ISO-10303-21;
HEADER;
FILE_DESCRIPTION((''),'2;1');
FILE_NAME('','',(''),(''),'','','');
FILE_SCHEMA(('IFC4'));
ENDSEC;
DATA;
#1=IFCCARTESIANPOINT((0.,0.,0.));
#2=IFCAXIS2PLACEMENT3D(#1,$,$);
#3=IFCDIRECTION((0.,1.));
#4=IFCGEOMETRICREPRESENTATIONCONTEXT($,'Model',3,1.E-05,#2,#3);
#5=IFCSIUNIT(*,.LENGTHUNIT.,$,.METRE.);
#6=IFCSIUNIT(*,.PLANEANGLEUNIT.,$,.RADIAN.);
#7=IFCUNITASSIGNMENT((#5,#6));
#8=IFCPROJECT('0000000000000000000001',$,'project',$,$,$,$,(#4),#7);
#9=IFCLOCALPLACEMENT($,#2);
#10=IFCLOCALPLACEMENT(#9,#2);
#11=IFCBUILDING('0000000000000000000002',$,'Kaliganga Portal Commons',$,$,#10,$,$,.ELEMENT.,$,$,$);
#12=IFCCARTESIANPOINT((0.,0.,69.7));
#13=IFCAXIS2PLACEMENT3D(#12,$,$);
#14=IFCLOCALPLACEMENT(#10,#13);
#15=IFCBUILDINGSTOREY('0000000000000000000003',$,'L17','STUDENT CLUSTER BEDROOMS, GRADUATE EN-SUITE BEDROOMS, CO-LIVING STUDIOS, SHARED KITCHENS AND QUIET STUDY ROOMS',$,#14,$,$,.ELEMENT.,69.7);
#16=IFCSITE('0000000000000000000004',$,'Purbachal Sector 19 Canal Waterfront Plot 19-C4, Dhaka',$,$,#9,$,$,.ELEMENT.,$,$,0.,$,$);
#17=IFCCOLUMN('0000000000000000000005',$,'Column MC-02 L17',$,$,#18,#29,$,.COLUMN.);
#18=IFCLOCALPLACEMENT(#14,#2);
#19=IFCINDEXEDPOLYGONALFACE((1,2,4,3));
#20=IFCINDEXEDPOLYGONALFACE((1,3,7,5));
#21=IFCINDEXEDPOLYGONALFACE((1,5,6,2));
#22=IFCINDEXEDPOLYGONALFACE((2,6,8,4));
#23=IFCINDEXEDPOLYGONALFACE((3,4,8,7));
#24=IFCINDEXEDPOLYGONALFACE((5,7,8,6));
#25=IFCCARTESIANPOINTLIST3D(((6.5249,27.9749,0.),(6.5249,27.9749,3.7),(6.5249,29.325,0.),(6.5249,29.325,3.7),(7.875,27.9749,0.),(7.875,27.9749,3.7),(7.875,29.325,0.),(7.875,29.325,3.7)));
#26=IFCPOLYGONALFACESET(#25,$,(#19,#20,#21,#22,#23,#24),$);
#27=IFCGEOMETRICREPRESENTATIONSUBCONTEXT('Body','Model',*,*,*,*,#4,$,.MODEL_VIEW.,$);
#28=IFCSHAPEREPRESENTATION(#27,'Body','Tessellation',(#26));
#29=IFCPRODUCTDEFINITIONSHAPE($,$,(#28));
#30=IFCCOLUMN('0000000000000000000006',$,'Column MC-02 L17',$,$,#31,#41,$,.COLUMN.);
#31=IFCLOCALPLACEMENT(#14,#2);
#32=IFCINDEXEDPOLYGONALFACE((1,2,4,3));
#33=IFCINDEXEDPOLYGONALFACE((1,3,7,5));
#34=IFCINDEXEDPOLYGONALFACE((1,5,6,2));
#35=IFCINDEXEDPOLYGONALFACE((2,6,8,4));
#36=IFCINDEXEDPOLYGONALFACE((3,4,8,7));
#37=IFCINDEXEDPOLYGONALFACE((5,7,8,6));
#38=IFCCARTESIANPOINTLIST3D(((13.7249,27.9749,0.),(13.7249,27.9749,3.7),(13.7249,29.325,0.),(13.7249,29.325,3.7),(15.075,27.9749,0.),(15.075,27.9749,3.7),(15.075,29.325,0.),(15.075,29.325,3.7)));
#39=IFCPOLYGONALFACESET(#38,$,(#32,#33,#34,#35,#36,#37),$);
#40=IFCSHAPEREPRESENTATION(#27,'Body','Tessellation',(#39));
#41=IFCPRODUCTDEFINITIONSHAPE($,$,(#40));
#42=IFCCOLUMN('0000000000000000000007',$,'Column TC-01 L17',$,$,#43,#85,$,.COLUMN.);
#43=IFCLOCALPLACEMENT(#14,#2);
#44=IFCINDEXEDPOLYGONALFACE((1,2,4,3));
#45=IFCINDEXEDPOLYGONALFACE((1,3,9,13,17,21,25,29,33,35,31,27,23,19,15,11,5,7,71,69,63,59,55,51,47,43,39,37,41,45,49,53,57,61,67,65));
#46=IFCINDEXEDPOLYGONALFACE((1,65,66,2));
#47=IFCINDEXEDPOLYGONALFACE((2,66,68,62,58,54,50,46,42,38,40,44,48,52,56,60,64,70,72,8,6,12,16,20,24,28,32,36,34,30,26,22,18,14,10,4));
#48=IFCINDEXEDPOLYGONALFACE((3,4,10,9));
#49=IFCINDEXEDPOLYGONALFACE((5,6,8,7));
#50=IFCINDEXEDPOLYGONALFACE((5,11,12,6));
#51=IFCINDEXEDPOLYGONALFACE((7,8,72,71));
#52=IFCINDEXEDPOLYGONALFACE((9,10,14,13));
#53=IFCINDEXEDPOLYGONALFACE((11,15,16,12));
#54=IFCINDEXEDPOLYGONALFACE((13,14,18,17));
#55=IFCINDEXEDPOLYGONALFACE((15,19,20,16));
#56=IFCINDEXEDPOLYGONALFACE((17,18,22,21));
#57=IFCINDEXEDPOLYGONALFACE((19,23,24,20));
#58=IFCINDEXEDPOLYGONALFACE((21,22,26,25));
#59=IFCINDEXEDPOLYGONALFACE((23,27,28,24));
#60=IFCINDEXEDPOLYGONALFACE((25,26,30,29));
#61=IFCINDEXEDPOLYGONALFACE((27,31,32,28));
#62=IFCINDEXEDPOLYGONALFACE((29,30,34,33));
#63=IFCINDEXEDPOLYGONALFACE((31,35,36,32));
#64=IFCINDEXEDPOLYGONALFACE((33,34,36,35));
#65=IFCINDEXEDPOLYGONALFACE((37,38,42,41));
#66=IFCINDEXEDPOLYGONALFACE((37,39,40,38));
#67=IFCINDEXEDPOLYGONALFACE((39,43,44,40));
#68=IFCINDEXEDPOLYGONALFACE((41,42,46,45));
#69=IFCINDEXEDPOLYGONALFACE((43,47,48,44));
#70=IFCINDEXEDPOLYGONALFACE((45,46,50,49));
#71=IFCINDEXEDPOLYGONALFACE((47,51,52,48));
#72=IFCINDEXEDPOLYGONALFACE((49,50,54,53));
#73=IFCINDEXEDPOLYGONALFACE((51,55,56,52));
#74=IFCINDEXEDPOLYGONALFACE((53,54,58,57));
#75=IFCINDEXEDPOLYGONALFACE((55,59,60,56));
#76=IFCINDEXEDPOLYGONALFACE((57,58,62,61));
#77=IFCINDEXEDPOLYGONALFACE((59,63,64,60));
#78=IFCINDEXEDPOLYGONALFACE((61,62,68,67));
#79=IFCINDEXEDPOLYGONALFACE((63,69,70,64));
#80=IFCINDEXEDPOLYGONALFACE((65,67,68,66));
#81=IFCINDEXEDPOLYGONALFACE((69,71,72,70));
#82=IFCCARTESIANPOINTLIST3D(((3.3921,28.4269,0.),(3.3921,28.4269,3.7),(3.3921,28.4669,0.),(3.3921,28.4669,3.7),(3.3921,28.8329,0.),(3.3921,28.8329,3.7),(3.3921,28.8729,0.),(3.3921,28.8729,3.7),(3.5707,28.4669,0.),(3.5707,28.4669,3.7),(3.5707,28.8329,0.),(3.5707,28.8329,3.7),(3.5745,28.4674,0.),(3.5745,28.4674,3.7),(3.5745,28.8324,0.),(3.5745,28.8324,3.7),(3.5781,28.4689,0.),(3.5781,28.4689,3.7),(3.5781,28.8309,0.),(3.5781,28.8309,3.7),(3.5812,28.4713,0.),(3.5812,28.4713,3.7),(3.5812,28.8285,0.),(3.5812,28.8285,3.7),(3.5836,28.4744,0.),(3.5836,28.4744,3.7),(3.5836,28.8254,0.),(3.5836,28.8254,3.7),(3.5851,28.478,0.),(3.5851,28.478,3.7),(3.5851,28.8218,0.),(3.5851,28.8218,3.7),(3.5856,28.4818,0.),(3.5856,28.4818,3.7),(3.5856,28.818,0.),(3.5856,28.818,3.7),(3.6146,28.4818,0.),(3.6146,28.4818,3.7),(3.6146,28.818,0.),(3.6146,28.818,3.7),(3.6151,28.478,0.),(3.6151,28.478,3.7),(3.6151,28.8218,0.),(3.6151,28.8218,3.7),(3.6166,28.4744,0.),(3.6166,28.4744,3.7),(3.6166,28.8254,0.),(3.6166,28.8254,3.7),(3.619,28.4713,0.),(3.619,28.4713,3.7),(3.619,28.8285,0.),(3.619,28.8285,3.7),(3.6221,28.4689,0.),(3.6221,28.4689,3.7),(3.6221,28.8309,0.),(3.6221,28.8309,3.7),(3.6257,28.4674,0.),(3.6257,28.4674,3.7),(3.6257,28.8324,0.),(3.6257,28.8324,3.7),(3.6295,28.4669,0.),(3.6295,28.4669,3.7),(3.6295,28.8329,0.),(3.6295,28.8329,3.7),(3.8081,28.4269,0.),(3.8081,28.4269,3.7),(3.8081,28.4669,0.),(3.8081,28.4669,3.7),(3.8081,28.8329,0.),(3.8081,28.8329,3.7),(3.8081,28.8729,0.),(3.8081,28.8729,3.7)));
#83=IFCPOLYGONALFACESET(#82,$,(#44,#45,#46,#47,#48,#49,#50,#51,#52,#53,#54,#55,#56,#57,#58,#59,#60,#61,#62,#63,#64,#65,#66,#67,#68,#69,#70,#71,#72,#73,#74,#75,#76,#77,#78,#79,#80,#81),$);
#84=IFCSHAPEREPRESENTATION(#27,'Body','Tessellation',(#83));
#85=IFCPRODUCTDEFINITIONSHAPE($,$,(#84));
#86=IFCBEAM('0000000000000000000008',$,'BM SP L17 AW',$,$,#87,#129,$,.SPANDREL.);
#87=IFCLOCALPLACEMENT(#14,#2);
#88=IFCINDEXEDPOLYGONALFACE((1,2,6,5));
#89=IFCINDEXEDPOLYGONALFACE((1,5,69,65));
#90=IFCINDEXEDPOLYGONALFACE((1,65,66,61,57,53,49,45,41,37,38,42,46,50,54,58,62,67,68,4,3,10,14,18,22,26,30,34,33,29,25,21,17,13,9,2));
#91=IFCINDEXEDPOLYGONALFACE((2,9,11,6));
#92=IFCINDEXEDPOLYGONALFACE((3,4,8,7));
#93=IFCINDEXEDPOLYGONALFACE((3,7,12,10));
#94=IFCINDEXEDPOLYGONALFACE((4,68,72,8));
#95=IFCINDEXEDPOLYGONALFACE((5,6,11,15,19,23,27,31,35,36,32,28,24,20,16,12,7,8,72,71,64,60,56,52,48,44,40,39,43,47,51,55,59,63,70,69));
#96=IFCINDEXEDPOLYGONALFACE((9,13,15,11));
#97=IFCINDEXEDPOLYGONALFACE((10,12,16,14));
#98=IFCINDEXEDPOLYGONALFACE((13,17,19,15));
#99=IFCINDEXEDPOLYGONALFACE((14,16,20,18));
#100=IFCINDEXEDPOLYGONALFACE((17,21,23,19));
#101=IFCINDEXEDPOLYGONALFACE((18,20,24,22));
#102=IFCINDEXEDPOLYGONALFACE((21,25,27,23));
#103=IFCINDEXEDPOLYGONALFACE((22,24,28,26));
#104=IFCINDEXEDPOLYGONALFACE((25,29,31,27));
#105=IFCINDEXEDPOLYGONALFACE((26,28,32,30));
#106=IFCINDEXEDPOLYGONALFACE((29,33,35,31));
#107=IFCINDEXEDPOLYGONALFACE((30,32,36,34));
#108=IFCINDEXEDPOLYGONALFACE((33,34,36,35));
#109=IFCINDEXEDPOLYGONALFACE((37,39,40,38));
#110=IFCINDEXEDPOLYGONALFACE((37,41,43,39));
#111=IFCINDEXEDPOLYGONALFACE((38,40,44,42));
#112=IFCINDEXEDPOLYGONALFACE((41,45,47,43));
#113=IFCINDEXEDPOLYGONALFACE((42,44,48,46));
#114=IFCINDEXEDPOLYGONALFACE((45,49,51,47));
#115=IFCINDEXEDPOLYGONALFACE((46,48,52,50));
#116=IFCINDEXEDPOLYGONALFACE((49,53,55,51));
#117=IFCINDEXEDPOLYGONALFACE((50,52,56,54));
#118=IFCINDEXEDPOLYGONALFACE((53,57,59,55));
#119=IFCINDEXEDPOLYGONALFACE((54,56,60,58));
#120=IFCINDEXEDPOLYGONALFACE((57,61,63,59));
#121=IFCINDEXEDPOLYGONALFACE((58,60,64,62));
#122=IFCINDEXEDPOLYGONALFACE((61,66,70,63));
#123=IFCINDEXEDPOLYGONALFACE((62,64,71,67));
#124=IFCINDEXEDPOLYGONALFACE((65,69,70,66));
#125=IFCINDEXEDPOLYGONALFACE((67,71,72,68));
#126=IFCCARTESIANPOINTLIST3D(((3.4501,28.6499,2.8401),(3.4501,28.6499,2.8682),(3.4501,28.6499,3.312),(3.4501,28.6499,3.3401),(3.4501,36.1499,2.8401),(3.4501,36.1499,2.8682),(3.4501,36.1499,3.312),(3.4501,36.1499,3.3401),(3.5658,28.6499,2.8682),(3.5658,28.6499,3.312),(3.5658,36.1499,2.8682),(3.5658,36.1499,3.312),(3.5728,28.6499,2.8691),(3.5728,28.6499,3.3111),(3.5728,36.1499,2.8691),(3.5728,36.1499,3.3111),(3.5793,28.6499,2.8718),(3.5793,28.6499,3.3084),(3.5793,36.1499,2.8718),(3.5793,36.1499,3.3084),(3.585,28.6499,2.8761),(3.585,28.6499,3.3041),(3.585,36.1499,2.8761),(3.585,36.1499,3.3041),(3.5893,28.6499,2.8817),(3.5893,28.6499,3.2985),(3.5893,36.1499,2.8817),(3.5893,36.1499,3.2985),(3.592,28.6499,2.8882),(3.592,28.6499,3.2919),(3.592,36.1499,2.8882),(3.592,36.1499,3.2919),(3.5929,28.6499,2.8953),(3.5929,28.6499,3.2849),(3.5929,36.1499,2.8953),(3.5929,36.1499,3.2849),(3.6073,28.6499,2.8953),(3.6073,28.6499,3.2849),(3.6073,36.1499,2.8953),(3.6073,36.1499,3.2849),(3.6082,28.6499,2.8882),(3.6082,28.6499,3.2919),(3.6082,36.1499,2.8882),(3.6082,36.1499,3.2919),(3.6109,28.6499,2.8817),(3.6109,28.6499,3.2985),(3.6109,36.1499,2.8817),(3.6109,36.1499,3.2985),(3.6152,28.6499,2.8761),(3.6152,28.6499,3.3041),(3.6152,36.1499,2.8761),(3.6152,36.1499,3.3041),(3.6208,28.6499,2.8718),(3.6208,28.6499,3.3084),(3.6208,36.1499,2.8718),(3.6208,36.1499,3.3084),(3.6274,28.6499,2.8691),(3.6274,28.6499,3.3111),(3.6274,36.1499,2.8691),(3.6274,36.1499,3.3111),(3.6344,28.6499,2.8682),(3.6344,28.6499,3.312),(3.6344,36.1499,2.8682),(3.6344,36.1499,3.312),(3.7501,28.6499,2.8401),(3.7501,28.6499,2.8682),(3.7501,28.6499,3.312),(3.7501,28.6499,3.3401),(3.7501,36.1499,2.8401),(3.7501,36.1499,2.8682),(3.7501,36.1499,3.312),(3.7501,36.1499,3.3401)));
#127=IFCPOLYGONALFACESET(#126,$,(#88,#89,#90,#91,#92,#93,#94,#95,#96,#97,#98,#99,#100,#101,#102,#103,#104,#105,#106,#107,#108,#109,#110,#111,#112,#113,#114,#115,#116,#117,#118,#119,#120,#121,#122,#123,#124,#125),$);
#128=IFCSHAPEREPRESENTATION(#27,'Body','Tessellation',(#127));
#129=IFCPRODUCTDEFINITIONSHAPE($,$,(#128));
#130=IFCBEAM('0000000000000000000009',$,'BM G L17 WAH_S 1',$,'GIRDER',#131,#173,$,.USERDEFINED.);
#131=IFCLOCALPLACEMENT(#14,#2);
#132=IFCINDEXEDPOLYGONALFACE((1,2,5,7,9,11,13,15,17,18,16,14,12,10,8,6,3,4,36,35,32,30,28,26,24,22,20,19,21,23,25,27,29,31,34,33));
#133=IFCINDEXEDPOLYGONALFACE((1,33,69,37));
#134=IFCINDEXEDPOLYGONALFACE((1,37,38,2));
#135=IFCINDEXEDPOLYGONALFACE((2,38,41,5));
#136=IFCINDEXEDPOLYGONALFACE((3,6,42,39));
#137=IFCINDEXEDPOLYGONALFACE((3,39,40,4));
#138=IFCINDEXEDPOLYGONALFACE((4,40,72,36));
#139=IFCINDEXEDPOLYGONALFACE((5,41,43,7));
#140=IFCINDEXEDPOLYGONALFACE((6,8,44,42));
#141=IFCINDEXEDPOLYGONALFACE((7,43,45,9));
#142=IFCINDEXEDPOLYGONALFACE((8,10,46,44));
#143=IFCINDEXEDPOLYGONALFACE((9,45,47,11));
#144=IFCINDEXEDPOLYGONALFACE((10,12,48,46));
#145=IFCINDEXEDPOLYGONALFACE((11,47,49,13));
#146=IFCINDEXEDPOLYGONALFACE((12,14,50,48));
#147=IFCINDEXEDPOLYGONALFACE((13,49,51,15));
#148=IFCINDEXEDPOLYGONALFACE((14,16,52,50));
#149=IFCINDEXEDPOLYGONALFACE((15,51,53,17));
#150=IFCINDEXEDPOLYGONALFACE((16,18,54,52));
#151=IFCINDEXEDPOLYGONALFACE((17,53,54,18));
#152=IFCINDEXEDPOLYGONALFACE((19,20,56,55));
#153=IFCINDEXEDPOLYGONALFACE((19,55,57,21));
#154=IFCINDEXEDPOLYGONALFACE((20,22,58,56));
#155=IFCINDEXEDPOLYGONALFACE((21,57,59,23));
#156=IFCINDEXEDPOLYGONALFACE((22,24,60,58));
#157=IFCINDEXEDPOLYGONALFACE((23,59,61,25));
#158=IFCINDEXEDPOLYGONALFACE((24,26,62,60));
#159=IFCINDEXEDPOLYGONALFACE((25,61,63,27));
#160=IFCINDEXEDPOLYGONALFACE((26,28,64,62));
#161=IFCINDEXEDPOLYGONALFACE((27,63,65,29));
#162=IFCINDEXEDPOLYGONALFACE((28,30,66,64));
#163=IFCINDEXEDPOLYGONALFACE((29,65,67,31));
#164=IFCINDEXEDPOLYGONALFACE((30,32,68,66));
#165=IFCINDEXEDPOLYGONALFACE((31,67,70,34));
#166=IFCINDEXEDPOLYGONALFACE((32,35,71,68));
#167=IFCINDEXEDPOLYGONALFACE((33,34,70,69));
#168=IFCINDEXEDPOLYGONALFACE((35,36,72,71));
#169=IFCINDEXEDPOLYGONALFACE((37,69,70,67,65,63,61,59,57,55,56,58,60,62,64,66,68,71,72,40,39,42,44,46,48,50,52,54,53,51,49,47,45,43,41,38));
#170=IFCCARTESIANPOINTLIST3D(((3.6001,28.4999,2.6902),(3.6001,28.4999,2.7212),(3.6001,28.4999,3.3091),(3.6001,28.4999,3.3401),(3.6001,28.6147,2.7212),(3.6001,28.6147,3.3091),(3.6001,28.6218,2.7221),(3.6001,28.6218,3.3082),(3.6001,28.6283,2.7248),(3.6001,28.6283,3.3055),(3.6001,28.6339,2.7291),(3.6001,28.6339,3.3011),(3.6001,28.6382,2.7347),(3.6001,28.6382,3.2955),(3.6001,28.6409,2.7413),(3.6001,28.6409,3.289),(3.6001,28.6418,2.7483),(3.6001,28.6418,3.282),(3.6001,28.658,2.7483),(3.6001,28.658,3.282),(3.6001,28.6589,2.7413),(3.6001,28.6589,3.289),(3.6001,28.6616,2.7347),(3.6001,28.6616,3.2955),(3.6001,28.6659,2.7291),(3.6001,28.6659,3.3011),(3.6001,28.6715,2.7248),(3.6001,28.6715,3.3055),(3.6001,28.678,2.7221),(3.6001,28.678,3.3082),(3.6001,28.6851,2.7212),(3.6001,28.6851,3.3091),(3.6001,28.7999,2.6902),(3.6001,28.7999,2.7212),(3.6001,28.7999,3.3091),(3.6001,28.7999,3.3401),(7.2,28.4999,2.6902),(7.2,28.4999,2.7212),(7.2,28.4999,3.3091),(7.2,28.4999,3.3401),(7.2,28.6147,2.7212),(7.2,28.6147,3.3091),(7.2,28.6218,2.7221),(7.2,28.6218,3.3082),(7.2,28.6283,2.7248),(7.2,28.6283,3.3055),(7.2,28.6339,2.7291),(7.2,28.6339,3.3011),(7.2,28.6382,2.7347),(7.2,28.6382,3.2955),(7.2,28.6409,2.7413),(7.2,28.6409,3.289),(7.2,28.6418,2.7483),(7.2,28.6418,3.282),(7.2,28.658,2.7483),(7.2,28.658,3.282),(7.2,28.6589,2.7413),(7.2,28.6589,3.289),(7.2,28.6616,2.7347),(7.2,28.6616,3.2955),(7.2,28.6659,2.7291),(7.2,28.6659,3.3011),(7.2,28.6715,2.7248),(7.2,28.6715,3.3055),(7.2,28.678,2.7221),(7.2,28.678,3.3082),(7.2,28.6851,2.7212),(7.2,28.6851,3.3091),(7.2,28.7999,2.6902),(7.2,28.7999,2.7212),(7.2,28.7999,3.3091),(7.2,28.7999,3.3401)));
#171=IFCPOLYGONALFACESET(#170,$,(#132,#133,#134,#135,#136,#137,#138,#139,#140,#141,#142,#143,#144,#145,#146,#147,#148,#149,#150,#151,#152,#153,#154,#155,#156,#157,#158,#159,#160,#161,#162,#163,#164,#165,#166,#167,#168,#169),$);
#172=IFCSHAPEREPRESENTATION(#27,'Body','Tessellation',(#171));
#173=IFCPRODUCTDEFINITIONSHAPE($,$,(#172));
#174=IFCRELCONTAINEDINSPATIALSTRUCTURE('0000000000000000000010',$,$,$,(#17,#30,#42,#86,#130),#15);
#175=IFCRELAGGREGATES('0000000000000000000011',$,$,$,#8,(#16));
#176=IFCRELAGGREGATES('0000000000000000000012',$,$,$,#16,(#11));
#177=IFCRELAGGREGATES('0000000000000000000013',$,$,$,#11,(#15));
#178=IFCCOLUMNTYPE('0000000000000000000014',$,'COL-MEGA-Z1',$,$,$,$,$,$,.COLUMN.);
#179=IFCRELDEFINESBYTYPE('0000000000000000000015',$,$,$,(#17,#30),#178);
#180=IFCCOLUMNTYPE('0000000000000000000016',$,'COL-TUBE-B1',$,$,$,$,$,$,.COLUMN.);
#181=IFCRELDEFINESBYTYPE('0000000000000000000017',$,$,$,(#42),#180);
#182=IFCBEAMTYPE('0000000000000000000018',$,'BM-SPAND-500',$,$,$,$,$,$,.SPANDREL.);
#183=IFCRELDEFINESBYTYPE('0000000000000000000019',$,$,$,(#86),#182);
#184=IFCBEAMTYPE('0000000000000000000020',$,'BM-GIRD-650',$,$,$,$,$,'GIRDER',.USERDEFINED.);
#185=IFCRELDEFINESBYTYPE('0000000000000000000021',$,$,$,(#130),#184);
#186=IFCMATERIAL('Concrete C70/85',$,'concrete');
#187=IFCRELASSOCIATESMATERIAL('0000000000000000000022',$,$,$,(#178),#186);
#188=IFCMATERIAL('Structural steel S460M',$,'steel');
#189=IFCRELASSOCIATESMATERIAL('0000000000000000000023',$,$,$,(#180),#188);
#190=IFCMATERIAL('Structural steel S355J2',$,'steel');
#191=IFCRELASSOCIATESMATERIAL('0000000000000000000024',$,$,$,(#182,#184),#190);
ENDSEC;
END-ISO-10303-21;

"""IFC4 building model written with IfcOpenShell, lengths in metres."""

from ifc_helpers import new_model, si_unit, direction, frame, origin, origin_2d, place, context, subcontext, project, spatial, rectangle, i_section, extrude, source, transform, mapped, material, material_profile, profile_set, type_object, element, save


model = new_model("IFC4")

# Units and contexts
model_context = context("Model", 3, precision=1e-05, world=origin(), true_north=direction((0.0, 1.0)))
body_context = subcontext(model_context, "Body", "Model", "MODEL_VIEW")
ifc_project = project(units=[si_unit("LENGTHUNIT", "METRE"), si_unit("PLANEANGLEUNIT", "RADIAN")], contexts=[model_context])

# Site, building, storey
site_placement = place(None, origin())
site = spatial("IfcSite", under=ifc_project, at=site_placement, Name="Purbachal Sector 19 Canal Waterfront Plot 19-C4, Dhaka", CompositionType="ELEMENT", RefElevation=0.0)
building_placement = place(site_placement, origin())
building = spatial("IfcBuilding", under=site, at=building_placement, Name="Kaliganga Portal Commons", CompositionType="ELEMENT")
storey_placement = place(building_placement, frame((0.0, 0.0, 69.7)))
storey = spatial("IfcBuildingStorey", under=building, at=storey_placement, Name="L17", Description="STUDENT CLUSTER BEDROOMS, GRADUATE EN-SUITE BEDROOMS, CO-LIVING STUDIOS, SHARED KITCHENS AND QUIET STUDY ROOMS", CompositionType="ELEMENT", Elevation=69.7)

# Columns
ifc_material_1 = material(Name="Concrete C70/85", Category="concrete")
ifc_material_profile_1 = material_profile(ifc_material_1, rectangle(XDim=1.3501, YDim=1.3501, at=origin_2d()), Name="RC 1350x1350")
ifc_profile_set_1 = profile_set([ifc_material_profile_1], Name="Concrete C70/85")
column_type_1 = type_object("IfcColumnType", Name="COL-MEGA-Z1", PredefinedType="COLUMN", material=ifc_profile_set_1)
shared_shape_1 = source(origin(), body_context, "Body", "SweptSolid", [
    extrude(rectangle(XDim=1.3501, YDim=1.3501, at=origin_2d()), origin(), (0.0, 0.0, 1.0), 3.7),
])
for number, where, z_axis, x_axis, name in (
    (1, (7.2, 28.6499, 0.0), (0.0, 0.0, 1.0), (1.0, 0.0, 0.0), "Column MC-02 L17"),
    (2, (14.3999, 28.6499, 0.0), (0.0, 0.0, 1.0), (1.0, 0.0, 0.0), "Column MC-02 L17"),
):
    element("IfcColumn", number, at=place(storey_placement, frame(where, z_axis=z_axis, x_axis=x_axis)), inside=storey, type_object=column_type_1, Name=name, PredefinedType="COLUMN", context=body_context, shape_type="MappedRepresentation", body=[
        mapped(shared_shape_1, transform((0.0, 0.0, 0.0), x_axis=(1.0, 0.0, 0.0), y_axis=(0.0, 1.0, 0.0), z_axis=(0.0, 0.0, 1.0), scale=1.0)),
    ])
ifc_material_2 = material(Name="Structural steel S460M", Category="steel")
ifc_material_profile_2 = material_profile(ifc_material_2, i_section(OverallWidth=0.416, OverallDepth=0.446, WebThickness=0.0291, FlangeThickness=0.04, FilletRadius=0.0149, at=origin_2d()), Name="HD 400x509")
ifc_profile_set_2 = profile_set([ifc_material_profile_2], Name="Structural steel S460M wide-flange")
column_type_2 = type_object("IfcColumnType", Name="COL-TUBE-B1", PredefinedType="COLUMN", material=ifc_profile_set_2)
shared_shape_2 = source(origin(), body_context, "Body", "SweptSolid", [
    extrude(i_section(OverallWidth=0.416, OverallDepth=0.446, WebThickness=0.0291, FlangeThickness=0.04, FilletRadius=0.0149, at=origin_2d()), origin(), (0.0, 0.0, 1.0), 3.7),
])
column_placement = place(storey_placement, frame((3.6001, 28.6499, 0.0), z_axis=(0.0, 0.0, 1.0), x_axis=(1.0, 0.0, 0.0)))
element("IfcColumn", 3, at=column_placement, inside=storey, type_object=column_type_2, Name="Column TC-01 L17", PredefinedType="COLUMN", context=body_context, shape_type="MappedRepresentation", body=[
    mapped(shared_shape_2, transform((0.0, 0.0, 0.0), x_axis=(1.0, 0.0, 0.0), y_axis=(0.0, 1.0, 0.0), z_axis=(0.0, 0.0, 1.0), scale=1.0)),
])

# Beams
ifc_material_3 = material(Name="Structural steel S355J2", Category="steel")
ifc_material_profile_3 = material_profile(ifc_material_3, i_section(OverallWidth=0.3, OverallDepth=0.5, WebThickness=0.0144, FlangeThickness=0.0281, FilletRadius=0.0271, at=origin_2d()), Name="HE 500 B")
ifc_profile_set_3 = profile_set([ifc_material_profile_3], Name="Structural steel S355J2 wide-flange")
beam_type_1 = type_object("IfcBeamType", Name="BM-SPAND-500", PredefinedType="SPANDREL", material=ifc_profile_set_3)
shared_shape_3 = source(origin(), body_context, "Body", "SweptSolid", [
    extrude(i_section(OverallWidth=0.3, OverallDepth=0.5, WebThickness=0.0144, FlangeThickness=0.0281, FilletRadius=0.0271, at=origin_2d()), origin(), (0.0, 0.0, 1.0), 7.5),
])
beam_1_placement = place(storey_placement, frame((3.6001, 28.6499, 3.0901), z_axis=(0.0, 1.0, 0.0), x_axis=(-1.0, 0.0, 0.0)))
element("IfcBeam", 4, at=beam_1_placement, inside=storey, type_object=beam_type_1, Name="BM SP L17 AW", PredefinedType="SPANDREL", context=body_context, shape_type="MappedRepresentation", body=[
    mapped(shared_shape_3, transform((0.0, 0.0, 0.0), x_axis=(1.0, 0.0, 0.0), y_axis=(0.0, 1.0, 0.0), z_axis=(0.0, 0.0, 1.0), scale=1.0)),
])
ifc_material_profile_4 = material_profile(ifc_material_3, i_section(OverallWidth=0.3, OverallDepth=0.6499, WebThickness=0.0161, FlangeThickness=0.031, FilletRadius=0.0271, at=origin_2d()), Name="HE 650 B")
ifc_profile_set_4 = profile_set([ifc_material_profile_4], Name="Structural steel S355J2 wide-flange")
beam_type_2 = type_object("IfcBeamType", Name="BM-GIRD-650", ElementType="GIRDER", PredefinedType="USERDEFINED", material=ifc_profile_set_4)
shared_shape_4 = source(origin(), body_context, "Body", "SweptSolid", [
    extrude(i_section(OverallWidth=0.3, OverallDepth=0.6499, WebThickness=0.0161, FlangeThickness=0.031, FilletRadius=0.0271, at=origin_2d()), origin(), (0.0, 0.0, 1.0), 3.5999),
])
beam_2_placement = place(storey_placement, frame((3.6001, 28.6499, 3.0151), z_axis=(1.0, 0.0, 0.0), x_axis=(0.0, 1.0, 0.0)))
element("IfcBeam", 5, at=beam_2_placement, inside=storey, type_object=beam_type_2, Name="BM G L17 WAH_S 1", ObjectType="GIRDER", PredefinedType="USERDEFINED", context=body_context, shape_type="MappedRepresentation", body=[
    mapped(shared_shape_4, transform((0.0, 0.0, 0.0), x_axis=(1.0, 0.0, 0.0), y_axis=(0.0, 1.0, 0.0), z_axis=(0.0, 0.0, 1.0), scale=1.0)),
])

save(model, "model.ifc")
